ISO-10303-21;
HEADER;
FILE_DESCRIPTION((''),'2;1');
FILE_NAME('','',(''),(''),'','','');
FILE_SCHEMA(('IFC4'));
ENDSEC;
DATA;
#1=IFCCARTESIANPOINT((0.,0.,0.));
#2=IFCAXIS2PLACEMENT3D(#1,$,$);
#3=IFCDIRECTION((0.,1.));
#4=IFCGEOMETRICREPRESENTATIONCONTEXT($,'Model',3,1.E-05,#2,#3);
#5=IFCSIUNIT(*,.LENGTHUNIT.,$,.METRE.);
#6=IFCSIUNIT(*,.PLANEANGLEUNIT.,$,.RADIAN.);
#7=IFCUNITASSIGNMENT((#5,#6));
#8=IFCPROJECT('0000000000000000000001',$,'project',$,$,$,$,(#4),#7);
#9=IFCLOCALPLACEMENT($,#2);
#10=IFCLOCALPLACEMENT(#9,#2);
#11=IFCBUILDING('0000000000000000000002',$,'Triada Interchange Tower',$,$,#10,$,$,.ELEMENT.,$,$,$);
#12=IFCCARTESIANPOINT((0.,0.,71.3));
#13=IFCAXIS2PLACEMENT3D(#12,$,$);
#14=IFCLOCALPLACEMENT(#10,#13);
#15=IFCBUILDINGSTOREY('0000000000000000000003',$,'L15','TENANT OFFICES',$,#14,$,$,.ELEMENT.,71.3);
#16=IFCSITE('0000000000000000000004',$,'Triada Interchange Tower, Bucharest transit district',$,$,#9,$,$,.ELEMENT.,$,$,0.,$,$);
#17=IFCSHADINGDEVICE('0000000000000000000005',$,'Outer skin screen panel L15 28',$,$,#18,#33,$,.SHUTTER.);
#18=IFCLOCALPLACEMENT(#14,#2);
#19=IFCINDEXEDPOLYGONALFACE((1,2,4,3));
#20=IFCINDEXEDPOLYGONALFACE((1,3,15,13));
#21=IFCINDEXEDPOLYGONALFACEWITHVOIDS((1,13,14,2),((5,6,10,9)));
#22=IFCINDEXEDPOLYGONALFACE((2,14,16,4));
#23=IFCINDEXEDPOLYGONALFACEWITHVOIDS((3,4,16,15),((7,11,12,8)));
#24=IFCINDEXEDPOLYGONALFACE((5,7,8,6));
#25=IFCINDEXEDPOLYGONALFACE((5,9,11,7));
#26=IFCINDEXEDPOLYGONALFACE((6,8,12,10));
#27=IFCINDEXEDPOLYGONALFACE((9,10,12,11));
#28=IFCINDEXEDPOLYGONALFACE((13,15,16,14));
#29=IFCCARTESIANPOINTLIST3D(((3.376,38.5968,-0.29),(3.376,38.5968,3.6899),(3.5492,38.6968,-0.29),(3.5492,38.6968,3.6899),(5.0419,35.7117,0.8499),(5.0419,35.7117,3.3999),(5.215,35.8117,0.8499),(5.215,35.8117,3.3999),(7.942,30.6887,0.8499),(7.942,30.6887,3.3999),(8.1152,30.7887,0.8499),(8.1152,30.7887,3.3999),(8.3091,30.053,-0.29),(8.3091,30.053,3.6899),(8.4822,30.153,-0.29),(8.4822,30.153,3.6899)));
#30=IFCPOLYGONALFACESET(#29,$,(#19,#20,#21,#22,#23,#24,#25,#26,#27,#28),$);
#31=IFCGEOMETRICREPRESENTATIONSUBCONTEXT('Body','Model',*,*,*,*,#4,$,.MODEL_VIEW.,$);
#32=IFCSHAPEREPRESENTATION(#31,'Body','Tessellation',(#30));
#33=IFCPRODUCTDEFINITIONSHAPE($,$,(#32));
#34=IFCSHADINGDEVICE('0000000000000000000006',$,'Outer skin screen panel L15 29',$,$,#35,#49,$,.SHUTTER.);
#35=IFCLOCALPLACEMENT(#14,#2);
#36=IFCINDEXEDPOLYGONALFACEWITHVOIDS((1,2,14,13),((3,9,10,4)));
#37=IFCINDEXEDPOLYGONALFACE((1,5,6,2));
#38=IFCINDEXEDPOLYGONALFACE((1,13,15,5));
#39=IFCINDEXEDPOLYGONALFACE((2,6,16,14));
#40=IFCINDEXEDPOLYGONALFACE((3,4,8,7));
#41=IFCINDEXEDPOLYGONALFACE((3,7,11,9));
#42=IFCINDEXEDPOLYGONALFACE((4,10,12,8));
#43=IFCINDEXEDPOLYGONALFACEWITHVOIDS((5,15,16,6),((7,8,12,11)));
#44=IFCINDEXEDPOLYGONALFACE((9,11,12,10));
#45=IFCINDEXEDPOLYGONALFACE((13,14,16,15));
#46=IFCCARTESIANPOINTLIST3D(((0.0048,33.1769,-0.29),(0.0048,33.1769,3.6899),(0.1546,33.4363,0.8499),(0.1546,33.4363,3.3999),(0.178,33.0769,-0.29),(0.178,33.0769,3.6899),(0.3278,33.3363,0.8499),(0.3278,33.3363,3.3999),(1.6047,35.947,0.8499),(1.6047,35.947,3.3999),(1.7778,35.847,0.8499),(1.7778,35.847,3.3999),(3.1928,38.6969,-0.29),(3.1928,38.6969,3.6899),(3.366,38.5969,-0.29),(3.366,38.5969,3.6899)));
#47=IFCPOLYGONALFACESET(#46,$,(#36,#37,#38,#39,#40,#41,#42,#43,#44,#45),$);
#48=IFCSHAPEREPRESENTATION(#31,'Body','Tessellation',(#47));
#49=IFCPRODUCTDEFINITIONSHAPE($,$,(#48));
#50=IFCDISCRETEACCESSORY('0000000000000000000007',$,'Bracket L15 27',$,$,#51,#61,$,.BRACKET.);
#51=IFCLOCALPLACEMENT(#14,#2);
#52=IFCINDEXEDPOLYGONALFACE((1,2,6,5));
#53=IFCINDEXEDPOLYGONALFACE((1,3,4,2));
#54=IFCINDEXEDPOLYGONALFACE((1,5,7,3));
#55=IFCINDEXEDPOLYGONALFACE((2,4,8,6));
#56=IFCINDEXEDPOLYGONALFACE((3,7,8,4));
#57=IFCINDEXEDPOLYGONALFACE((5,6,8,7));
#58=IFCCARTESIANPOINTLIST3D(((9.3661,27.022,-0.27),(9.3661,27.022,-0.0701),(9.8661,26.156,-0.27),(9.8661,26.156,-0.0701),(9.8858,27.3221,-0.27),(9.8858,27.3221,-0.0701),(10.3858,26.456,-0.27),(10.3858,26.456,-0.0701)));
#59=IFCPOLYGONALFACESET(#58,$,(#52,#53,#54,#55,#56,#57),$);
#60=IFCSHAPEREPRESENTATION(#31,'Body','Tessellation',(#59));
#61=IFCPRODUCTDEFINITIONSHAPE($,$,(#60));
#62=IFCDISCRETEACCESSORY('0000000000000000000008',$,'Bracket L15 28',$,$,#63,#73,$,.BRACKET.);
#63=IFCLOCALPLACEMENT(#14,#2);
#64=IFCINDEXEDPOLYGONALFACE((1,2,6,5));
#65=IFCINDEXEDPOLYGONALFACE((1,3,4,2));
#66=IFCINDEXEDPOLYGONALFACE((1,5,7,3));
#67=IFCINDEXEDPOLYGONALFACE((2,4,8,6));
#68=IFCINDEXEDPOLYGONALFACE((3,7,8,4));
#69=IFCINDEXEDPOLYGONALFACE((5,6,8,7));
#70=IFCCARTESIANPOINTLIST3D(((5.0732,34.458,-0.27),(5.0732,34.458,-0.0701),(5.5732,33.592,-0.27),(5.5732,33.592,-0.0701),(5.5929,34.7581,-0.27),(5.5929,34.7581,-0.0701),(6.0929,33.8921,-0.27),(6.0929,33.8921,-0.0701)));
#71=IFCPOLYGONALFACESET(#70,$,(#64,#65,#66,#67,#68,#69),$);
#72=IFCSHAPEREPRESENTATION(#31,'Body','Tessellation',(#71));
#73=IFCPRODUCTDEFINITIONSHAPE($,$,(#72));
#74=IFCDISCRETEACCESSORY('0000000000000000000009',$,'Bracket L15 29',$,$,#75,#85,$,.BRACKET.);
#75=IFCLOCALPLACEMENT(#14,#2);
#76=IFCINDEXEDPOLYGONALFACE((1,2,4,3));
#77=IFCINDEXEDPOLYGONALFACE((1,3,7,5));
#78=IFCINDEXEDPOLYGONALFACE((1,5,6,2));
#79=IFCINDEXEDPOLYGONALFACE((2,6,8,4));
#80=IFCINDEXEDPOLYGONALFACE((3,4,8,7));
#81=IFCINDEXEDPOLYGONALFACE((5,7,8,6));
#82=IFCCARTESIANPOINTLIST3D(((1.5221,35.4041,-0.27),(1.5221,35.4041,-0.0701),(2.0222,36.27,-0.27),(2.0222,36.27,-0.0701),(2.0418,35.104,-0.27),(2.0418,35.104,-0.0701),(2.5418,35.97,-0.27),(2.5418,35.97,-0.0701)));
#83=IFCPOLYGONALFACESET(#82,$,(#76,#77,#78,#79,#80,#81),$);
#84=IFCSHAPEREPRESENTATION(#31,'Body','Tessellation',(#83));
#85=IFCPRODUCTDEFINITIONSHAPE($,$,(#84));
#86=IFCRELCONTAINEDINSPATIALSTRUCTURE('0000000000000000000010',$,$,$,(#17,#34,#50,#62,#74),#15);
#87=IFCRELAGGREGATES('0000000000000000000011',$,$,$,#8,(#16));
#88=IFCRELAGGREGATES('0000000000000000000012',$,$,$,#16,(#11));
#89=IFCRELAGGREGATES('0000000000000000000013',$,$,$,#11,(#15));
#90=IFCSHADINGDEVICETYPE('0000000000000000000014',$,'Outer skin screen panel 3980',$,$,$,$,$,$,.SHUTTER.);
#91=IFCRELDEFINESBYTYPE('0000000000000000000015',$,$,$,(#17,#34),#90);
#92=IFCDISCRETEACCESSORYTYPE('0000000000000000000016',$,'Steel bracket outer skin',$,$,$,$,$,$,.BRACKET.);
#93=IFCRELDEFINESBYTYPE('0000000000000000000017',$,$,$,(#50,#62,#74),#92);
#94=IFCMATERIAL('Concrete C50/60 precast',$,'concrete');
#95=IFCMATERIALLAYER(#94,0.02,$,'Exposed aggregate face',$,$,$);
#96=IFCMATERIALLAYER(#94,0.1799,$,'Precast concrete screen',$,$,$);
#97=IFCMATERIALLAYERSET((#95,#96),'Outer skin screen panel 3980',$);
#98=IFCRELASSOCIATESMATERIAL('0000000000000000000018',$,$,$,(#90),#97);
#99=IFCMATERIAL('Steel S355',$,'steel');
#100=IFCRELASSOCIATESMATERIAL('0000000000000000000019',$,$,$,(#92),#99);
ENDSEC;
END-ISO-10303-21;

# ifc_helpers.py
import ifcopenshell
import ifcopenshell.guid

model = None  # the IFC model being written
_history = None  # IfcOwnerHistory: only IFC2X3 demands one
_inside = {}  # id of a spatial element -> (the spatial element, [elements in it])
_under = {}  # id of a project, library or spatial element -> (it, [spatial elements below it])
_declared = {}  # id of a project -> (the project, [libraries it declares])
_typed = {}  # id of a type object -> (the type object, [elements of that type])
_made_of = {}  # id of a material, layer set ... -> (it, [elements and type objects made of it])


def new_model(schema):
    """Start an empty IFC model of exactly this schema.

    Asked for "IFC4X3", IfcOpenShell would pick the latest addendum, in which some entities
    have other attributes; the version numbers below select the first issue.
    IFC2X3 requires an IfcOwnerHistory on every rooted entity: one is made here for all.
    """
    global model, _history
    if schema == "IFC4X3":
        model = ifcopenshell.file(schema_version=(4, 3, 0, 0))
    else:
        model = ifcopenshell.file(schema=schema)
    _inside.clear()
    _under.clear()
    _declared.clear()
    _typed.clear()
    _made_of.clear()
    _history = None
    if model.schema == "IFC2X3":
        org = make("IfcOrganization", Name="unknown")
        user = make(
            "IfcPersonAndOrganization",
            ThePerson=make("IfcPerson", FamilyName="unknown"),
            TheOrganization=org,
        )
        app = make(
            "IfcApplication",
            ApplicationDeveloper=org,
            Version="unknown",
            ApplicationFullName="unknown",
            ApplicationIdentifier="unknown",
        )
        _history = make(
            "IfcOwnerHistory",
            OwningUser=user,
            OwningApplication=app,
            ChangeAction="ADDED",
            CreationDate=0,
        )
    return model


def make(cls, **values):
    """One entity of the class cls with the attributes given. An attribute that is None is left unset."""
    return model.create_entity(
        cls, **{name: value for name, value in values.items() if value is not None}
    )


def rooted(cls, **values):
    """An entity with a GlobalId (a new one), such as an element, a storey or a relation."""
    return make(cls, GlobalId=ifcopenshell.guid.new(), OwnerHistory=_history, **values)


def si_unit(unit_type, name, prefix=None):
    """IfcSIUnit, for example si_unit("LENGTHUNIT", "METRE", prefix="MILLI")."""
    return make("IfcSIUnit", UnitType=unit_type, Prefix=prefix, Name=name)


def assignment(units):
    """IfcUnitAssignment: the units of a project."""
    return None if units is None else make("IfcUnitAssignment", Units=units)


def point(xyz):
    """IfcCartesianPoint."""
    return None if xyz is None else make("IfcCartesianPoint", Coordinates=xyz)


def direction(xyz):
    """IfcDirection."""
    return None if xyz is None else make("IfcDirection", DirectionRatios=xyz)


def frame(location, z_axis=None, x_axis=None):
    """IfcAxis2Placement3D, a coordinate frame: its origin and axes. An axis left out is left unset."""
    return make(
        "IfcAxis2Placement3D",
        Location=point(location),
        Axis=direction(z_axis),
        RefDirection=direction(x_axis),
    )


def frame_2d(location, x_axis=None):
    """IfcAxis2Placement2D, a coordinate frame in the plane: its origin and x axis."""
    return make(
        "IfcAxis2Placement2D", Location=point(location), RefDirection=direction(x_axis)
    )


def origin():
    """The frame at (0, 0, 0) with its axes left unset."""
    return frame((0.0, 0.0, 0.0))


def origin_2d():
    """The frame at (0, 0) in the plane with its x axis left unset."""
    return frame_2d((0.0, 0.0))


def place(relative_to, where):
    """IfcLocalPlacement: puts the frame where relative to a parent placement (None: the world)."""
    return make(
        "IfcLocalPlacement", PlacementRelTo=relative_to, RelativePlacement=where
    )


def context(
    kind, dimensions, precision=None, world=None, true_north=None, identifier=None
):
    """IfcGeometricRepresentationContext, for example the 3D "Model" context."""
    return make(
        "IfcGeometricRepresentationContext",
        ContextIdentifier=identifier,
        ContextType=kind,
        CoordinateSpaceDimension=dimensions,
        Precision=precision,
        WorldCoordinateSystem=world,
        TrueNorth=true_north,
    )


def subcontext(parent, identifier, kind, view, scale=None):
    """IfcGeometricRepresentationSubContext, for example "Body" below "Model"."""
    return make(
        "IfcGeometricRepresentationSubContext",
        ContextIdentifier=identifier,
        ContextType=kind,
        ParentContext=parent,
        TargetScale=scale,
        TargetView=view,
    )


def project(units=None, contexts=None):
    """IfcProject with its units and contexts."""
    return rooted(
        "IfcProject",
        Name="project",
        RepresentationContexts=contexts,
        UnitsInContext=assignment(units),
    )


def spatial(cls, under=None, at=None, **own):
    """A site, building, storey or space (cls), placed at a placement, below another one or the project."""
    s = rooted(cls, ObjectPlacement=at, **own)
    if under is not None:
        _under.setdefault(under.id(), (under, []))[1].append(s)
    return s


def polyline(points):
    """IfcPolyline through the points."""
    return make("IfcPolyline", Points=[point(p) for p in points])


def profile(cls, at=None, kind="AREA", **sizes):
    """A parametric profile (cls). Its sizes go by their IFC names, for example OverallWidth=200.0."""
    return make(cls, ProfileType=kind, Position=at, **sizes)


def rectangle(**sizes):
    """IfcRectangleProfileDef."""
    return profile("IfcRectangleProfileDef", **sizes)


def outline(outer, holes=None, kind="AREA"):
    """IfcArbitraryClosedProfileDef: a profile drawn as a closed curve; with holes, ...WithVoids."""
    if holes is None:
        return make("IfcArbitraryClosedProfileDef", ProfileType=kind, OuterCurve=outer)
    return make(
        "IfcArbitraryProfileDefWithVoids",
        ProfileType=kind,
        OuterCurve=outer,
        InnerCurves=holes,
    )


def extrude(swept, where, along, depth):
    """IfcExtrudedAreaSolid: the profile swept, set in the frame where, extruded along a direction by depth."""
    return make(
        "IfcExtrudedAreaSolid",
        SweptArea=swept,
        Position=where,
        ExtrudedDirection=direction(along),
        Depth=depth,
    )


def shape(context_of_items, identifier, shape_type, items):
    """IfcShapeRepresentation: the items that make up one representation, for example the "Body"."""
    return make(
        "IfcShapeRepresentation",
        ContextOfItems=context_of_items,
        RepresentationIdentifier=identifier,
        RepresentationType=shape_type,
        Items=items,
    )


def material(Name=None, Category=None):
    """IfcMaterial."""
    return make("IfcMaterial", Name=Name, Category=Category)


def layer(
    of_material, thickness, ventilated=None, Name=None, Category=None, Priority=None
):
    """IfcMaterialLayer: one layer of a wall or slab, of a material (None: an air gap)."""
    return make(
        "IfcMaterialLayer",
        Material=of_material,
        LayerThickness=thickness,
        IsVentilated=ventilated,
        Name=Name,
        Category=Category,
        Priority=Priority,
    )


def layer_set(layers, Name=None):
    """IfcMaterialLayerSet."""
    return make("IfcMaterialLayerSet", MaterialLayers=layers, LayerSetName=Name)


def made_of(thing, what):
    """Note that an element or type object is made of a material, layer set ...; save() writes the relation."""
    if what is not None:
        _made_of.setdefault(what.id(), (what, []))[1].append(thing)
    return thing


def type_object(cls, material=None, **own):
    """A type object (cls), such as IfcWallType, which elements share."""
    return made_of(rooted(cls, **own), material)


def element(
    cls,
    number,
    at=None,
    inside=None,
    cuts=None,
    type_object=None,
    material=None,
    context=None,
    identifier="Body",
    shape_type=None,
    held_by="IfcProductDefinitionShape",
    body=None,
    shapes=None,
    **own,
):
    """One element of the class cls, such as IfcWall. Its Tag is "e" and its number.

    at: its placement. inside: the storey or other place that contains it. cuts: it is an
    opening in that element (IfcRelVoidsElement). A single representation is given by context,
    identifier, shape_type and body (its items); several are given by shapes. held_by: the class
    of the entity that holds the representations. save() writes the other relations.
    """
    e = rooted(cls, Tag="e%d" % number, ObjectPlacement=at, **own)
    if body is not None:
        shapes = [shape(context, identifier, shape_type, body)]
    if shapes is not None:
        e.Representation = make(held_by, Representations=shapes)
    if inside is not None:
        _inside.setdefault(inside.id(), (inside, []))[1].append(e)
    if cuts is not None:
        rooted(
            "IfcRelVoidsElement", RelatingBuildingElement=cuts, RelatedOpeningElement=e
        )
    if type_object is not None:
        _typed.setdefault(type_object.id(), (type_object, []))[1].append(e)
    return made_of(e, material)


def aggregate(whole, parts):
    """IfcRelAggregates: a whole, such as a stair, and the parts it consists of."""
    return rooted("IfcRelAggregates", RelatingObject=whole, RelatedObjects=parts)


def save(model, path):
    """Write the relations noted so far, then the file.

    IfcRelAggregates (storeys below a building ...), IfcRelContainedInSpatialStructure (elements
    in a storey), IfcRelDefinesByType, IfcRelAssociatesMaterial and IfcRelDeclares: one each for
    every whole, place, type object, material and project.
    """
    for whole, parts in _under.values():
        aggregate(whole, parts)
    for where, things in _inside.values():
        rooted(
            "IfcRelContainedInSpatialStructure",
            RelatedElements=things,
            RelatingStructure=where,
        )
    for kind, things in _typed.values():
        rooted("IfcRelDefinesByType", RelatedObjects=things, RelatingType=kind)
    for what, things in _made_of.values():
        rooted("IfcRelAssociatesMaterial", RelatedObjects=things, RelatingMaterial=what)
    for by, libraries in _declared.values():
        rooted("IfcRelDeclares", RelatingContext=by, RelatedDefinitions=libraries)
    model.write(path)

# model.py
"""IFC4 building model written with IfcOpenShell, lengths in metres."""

from ifc_helpers import new_model, si_unit, direction, frame, origin, origin_2d, place, context, subcontext, project, spatial, polyline, rectangle, outline, extrude, material, layer, layer_set, type_object, element, save


model = new_model("IFC4")

# Units and contexts
model_context = context("Model", 3, precision=1e-05, world=origin(), true_north=direction((0.0, 1.0)))
body_context = subcontext(model_context, "Body", "Model", "MODEL_VIEW")
ifc_project = project(units=[si_unit("LENGTHUNIT", "METRE"), si_unit("PLANEANGLEUNIT", "RADIAN")], contexts=[model_context])

# Site, building, storey
site_placement = place(None, origin())
site = spatial("IfcSite", under=ifc_project, at=site_placement, Name="Triada Interchange Tower, Bucharest transit district", CompositionType="ELEMENT", RefElevation=0.0)
building_placement = place(site_placement, origin())
building = spatial("IfcBuilding", under=site, at=building_placement, Name="Triada Interchange Tower", CompositionType="ELEMENT")
storey_placement = place(building_placement, frame((0.0, 0.0, 71.3)))
storey = spatial("IfcBuildingStorey", under=building, at=storey_placement, Name="L15", Description="TENANT OFFICES", CompositionType="ELEMENT", Elevation=71.3)

# Shading devices
ifc_material_1 = material(Name="Concrete C50/60 precast", Category="concrete")
ifc_layer_1 = layer(ifc_material_1, 0.02, Name="Exposed aggregate face")
ifc_layer_2 = layer(ifc_material_1, 0.1799, Name="Precast concrete screen")
ifc_layer_set_1 = layer_set([ifc_layer_1, ifc_layer_2], Name="Outer skin screen panel 3980")
shading_device_type = type_object("IfcShadingDeviceType", Name="Outer skin screen panel 3980", PredefinedType="SHUTTER", material=ifc_layer_set_1)
shading_device_1_placement = place(storey_placement, frame((8.3091, 30.053, -0.29), z_axis=(0.0, 0.0, 1.0), x_axis=(-0.500019, 0.866014, 0.0)))
element("IfcShadingDevice", 1, at=shading_device_1_placement, inside=storey, type_object=shading_device_type, Name="Outer skin screen panel L15 28", PredefinedType="SHUTTER", context=body_context, shape_type="SweptSolid", body=[
    extrude(outline(polyline([(0.0, 0.0), (9.8657, 0.0), (9.8657, 3.98), (0.0, 3.98), (0.0, 0.0)]), holes=[polyline([(0.7341, 1.1399), (0.7341, 3.6899), (6.5342, 3.6899), (6.5342, 1.1399), (0.7341, 1.1399)])]), frame((0.0, 0.0, 0.0), z_axis=(0.0, -1.0, 0.0), x_axis=(1.0, 0.0, 0.0)), (0.0, 0.0, 1.0), 0.2),
])
shading_device_2_placement = place(storey_placement, frame((3.366, 38.5969, -0.29), z_axis=(0.0, 0.0, 1.0), x_axis=(-0.500118, -0.865957, 0.0)))
element("IfcShadingDevice", 2, at=shading_device_2_placement, inside=storey, type_object=shading_device_type, Name="Outer skin screen panel L15 29", PredefinedType="SHUTTER", context=body_context, shape_type="SweptSolid", body=[
    extrude(outline(polyline([(0.0, 0.0), (6.3745, 0.0), (6.3745, 3.98), (0.0, 3.98), (0.0, 0.0)]), holes=[polyline([(3.1755, 1.1399), (3.1755, 3.6899), (6.075, 3.6899), (6.075, 1.1399), (3.1755, 1.1399)])]), frame((0.0, 0.0, 0.0), z_axis=(0.0, -1.0, 0.0), x_axis=(1.0, 0.0, 0.0)), (0.0, 0.0, 1.0), 0.2),
])

# Discrete accessories
ifc_material_2 = material(Name="Steel S355", Category="steel")
discrete_accessory_type = type_object("IfcDiscreteAccessoryType", Name="Steel bracket outer skin", PredefinedType="BRACKET", material=ifc_material_2)
for number, where, z_axis, x_axis, name in (
    (3, (9.876, 26.739, -0.27), (0.0, 0.0, 1.0), (0.866027, 0.499997, 0.0), "Bracket L15 27"),
    (4, (5.583, 34.175, -0.27), (0.0, 0.0, 1.0), (0.866027, 0.499997, 0.0), "Bracket L15 28"),
    (5, (2.032, 35.687, -0.27), (0.0, 0.0, 1.0), (-0.865998, 0.500048, 0.0), "Bracket L15 29"),
):
    element("IfcDiscreteAccessory", number, at=place(storey_placement, frame(where, z_axis=z_axis, x_axis=x_axis)), inside=storey, type_object=discrete_accessory_type, Name=name, PredefinedType="BRACKET", context=body_context, shape_type="SweptSolid", body=[
        extrude(rectangle(XDim=0.6001, YDim=1.0, at=origin_2d()), origin(), (0.0, 0.0, 1.0), 0.2),
    ])

save(model, "model.ifc")
